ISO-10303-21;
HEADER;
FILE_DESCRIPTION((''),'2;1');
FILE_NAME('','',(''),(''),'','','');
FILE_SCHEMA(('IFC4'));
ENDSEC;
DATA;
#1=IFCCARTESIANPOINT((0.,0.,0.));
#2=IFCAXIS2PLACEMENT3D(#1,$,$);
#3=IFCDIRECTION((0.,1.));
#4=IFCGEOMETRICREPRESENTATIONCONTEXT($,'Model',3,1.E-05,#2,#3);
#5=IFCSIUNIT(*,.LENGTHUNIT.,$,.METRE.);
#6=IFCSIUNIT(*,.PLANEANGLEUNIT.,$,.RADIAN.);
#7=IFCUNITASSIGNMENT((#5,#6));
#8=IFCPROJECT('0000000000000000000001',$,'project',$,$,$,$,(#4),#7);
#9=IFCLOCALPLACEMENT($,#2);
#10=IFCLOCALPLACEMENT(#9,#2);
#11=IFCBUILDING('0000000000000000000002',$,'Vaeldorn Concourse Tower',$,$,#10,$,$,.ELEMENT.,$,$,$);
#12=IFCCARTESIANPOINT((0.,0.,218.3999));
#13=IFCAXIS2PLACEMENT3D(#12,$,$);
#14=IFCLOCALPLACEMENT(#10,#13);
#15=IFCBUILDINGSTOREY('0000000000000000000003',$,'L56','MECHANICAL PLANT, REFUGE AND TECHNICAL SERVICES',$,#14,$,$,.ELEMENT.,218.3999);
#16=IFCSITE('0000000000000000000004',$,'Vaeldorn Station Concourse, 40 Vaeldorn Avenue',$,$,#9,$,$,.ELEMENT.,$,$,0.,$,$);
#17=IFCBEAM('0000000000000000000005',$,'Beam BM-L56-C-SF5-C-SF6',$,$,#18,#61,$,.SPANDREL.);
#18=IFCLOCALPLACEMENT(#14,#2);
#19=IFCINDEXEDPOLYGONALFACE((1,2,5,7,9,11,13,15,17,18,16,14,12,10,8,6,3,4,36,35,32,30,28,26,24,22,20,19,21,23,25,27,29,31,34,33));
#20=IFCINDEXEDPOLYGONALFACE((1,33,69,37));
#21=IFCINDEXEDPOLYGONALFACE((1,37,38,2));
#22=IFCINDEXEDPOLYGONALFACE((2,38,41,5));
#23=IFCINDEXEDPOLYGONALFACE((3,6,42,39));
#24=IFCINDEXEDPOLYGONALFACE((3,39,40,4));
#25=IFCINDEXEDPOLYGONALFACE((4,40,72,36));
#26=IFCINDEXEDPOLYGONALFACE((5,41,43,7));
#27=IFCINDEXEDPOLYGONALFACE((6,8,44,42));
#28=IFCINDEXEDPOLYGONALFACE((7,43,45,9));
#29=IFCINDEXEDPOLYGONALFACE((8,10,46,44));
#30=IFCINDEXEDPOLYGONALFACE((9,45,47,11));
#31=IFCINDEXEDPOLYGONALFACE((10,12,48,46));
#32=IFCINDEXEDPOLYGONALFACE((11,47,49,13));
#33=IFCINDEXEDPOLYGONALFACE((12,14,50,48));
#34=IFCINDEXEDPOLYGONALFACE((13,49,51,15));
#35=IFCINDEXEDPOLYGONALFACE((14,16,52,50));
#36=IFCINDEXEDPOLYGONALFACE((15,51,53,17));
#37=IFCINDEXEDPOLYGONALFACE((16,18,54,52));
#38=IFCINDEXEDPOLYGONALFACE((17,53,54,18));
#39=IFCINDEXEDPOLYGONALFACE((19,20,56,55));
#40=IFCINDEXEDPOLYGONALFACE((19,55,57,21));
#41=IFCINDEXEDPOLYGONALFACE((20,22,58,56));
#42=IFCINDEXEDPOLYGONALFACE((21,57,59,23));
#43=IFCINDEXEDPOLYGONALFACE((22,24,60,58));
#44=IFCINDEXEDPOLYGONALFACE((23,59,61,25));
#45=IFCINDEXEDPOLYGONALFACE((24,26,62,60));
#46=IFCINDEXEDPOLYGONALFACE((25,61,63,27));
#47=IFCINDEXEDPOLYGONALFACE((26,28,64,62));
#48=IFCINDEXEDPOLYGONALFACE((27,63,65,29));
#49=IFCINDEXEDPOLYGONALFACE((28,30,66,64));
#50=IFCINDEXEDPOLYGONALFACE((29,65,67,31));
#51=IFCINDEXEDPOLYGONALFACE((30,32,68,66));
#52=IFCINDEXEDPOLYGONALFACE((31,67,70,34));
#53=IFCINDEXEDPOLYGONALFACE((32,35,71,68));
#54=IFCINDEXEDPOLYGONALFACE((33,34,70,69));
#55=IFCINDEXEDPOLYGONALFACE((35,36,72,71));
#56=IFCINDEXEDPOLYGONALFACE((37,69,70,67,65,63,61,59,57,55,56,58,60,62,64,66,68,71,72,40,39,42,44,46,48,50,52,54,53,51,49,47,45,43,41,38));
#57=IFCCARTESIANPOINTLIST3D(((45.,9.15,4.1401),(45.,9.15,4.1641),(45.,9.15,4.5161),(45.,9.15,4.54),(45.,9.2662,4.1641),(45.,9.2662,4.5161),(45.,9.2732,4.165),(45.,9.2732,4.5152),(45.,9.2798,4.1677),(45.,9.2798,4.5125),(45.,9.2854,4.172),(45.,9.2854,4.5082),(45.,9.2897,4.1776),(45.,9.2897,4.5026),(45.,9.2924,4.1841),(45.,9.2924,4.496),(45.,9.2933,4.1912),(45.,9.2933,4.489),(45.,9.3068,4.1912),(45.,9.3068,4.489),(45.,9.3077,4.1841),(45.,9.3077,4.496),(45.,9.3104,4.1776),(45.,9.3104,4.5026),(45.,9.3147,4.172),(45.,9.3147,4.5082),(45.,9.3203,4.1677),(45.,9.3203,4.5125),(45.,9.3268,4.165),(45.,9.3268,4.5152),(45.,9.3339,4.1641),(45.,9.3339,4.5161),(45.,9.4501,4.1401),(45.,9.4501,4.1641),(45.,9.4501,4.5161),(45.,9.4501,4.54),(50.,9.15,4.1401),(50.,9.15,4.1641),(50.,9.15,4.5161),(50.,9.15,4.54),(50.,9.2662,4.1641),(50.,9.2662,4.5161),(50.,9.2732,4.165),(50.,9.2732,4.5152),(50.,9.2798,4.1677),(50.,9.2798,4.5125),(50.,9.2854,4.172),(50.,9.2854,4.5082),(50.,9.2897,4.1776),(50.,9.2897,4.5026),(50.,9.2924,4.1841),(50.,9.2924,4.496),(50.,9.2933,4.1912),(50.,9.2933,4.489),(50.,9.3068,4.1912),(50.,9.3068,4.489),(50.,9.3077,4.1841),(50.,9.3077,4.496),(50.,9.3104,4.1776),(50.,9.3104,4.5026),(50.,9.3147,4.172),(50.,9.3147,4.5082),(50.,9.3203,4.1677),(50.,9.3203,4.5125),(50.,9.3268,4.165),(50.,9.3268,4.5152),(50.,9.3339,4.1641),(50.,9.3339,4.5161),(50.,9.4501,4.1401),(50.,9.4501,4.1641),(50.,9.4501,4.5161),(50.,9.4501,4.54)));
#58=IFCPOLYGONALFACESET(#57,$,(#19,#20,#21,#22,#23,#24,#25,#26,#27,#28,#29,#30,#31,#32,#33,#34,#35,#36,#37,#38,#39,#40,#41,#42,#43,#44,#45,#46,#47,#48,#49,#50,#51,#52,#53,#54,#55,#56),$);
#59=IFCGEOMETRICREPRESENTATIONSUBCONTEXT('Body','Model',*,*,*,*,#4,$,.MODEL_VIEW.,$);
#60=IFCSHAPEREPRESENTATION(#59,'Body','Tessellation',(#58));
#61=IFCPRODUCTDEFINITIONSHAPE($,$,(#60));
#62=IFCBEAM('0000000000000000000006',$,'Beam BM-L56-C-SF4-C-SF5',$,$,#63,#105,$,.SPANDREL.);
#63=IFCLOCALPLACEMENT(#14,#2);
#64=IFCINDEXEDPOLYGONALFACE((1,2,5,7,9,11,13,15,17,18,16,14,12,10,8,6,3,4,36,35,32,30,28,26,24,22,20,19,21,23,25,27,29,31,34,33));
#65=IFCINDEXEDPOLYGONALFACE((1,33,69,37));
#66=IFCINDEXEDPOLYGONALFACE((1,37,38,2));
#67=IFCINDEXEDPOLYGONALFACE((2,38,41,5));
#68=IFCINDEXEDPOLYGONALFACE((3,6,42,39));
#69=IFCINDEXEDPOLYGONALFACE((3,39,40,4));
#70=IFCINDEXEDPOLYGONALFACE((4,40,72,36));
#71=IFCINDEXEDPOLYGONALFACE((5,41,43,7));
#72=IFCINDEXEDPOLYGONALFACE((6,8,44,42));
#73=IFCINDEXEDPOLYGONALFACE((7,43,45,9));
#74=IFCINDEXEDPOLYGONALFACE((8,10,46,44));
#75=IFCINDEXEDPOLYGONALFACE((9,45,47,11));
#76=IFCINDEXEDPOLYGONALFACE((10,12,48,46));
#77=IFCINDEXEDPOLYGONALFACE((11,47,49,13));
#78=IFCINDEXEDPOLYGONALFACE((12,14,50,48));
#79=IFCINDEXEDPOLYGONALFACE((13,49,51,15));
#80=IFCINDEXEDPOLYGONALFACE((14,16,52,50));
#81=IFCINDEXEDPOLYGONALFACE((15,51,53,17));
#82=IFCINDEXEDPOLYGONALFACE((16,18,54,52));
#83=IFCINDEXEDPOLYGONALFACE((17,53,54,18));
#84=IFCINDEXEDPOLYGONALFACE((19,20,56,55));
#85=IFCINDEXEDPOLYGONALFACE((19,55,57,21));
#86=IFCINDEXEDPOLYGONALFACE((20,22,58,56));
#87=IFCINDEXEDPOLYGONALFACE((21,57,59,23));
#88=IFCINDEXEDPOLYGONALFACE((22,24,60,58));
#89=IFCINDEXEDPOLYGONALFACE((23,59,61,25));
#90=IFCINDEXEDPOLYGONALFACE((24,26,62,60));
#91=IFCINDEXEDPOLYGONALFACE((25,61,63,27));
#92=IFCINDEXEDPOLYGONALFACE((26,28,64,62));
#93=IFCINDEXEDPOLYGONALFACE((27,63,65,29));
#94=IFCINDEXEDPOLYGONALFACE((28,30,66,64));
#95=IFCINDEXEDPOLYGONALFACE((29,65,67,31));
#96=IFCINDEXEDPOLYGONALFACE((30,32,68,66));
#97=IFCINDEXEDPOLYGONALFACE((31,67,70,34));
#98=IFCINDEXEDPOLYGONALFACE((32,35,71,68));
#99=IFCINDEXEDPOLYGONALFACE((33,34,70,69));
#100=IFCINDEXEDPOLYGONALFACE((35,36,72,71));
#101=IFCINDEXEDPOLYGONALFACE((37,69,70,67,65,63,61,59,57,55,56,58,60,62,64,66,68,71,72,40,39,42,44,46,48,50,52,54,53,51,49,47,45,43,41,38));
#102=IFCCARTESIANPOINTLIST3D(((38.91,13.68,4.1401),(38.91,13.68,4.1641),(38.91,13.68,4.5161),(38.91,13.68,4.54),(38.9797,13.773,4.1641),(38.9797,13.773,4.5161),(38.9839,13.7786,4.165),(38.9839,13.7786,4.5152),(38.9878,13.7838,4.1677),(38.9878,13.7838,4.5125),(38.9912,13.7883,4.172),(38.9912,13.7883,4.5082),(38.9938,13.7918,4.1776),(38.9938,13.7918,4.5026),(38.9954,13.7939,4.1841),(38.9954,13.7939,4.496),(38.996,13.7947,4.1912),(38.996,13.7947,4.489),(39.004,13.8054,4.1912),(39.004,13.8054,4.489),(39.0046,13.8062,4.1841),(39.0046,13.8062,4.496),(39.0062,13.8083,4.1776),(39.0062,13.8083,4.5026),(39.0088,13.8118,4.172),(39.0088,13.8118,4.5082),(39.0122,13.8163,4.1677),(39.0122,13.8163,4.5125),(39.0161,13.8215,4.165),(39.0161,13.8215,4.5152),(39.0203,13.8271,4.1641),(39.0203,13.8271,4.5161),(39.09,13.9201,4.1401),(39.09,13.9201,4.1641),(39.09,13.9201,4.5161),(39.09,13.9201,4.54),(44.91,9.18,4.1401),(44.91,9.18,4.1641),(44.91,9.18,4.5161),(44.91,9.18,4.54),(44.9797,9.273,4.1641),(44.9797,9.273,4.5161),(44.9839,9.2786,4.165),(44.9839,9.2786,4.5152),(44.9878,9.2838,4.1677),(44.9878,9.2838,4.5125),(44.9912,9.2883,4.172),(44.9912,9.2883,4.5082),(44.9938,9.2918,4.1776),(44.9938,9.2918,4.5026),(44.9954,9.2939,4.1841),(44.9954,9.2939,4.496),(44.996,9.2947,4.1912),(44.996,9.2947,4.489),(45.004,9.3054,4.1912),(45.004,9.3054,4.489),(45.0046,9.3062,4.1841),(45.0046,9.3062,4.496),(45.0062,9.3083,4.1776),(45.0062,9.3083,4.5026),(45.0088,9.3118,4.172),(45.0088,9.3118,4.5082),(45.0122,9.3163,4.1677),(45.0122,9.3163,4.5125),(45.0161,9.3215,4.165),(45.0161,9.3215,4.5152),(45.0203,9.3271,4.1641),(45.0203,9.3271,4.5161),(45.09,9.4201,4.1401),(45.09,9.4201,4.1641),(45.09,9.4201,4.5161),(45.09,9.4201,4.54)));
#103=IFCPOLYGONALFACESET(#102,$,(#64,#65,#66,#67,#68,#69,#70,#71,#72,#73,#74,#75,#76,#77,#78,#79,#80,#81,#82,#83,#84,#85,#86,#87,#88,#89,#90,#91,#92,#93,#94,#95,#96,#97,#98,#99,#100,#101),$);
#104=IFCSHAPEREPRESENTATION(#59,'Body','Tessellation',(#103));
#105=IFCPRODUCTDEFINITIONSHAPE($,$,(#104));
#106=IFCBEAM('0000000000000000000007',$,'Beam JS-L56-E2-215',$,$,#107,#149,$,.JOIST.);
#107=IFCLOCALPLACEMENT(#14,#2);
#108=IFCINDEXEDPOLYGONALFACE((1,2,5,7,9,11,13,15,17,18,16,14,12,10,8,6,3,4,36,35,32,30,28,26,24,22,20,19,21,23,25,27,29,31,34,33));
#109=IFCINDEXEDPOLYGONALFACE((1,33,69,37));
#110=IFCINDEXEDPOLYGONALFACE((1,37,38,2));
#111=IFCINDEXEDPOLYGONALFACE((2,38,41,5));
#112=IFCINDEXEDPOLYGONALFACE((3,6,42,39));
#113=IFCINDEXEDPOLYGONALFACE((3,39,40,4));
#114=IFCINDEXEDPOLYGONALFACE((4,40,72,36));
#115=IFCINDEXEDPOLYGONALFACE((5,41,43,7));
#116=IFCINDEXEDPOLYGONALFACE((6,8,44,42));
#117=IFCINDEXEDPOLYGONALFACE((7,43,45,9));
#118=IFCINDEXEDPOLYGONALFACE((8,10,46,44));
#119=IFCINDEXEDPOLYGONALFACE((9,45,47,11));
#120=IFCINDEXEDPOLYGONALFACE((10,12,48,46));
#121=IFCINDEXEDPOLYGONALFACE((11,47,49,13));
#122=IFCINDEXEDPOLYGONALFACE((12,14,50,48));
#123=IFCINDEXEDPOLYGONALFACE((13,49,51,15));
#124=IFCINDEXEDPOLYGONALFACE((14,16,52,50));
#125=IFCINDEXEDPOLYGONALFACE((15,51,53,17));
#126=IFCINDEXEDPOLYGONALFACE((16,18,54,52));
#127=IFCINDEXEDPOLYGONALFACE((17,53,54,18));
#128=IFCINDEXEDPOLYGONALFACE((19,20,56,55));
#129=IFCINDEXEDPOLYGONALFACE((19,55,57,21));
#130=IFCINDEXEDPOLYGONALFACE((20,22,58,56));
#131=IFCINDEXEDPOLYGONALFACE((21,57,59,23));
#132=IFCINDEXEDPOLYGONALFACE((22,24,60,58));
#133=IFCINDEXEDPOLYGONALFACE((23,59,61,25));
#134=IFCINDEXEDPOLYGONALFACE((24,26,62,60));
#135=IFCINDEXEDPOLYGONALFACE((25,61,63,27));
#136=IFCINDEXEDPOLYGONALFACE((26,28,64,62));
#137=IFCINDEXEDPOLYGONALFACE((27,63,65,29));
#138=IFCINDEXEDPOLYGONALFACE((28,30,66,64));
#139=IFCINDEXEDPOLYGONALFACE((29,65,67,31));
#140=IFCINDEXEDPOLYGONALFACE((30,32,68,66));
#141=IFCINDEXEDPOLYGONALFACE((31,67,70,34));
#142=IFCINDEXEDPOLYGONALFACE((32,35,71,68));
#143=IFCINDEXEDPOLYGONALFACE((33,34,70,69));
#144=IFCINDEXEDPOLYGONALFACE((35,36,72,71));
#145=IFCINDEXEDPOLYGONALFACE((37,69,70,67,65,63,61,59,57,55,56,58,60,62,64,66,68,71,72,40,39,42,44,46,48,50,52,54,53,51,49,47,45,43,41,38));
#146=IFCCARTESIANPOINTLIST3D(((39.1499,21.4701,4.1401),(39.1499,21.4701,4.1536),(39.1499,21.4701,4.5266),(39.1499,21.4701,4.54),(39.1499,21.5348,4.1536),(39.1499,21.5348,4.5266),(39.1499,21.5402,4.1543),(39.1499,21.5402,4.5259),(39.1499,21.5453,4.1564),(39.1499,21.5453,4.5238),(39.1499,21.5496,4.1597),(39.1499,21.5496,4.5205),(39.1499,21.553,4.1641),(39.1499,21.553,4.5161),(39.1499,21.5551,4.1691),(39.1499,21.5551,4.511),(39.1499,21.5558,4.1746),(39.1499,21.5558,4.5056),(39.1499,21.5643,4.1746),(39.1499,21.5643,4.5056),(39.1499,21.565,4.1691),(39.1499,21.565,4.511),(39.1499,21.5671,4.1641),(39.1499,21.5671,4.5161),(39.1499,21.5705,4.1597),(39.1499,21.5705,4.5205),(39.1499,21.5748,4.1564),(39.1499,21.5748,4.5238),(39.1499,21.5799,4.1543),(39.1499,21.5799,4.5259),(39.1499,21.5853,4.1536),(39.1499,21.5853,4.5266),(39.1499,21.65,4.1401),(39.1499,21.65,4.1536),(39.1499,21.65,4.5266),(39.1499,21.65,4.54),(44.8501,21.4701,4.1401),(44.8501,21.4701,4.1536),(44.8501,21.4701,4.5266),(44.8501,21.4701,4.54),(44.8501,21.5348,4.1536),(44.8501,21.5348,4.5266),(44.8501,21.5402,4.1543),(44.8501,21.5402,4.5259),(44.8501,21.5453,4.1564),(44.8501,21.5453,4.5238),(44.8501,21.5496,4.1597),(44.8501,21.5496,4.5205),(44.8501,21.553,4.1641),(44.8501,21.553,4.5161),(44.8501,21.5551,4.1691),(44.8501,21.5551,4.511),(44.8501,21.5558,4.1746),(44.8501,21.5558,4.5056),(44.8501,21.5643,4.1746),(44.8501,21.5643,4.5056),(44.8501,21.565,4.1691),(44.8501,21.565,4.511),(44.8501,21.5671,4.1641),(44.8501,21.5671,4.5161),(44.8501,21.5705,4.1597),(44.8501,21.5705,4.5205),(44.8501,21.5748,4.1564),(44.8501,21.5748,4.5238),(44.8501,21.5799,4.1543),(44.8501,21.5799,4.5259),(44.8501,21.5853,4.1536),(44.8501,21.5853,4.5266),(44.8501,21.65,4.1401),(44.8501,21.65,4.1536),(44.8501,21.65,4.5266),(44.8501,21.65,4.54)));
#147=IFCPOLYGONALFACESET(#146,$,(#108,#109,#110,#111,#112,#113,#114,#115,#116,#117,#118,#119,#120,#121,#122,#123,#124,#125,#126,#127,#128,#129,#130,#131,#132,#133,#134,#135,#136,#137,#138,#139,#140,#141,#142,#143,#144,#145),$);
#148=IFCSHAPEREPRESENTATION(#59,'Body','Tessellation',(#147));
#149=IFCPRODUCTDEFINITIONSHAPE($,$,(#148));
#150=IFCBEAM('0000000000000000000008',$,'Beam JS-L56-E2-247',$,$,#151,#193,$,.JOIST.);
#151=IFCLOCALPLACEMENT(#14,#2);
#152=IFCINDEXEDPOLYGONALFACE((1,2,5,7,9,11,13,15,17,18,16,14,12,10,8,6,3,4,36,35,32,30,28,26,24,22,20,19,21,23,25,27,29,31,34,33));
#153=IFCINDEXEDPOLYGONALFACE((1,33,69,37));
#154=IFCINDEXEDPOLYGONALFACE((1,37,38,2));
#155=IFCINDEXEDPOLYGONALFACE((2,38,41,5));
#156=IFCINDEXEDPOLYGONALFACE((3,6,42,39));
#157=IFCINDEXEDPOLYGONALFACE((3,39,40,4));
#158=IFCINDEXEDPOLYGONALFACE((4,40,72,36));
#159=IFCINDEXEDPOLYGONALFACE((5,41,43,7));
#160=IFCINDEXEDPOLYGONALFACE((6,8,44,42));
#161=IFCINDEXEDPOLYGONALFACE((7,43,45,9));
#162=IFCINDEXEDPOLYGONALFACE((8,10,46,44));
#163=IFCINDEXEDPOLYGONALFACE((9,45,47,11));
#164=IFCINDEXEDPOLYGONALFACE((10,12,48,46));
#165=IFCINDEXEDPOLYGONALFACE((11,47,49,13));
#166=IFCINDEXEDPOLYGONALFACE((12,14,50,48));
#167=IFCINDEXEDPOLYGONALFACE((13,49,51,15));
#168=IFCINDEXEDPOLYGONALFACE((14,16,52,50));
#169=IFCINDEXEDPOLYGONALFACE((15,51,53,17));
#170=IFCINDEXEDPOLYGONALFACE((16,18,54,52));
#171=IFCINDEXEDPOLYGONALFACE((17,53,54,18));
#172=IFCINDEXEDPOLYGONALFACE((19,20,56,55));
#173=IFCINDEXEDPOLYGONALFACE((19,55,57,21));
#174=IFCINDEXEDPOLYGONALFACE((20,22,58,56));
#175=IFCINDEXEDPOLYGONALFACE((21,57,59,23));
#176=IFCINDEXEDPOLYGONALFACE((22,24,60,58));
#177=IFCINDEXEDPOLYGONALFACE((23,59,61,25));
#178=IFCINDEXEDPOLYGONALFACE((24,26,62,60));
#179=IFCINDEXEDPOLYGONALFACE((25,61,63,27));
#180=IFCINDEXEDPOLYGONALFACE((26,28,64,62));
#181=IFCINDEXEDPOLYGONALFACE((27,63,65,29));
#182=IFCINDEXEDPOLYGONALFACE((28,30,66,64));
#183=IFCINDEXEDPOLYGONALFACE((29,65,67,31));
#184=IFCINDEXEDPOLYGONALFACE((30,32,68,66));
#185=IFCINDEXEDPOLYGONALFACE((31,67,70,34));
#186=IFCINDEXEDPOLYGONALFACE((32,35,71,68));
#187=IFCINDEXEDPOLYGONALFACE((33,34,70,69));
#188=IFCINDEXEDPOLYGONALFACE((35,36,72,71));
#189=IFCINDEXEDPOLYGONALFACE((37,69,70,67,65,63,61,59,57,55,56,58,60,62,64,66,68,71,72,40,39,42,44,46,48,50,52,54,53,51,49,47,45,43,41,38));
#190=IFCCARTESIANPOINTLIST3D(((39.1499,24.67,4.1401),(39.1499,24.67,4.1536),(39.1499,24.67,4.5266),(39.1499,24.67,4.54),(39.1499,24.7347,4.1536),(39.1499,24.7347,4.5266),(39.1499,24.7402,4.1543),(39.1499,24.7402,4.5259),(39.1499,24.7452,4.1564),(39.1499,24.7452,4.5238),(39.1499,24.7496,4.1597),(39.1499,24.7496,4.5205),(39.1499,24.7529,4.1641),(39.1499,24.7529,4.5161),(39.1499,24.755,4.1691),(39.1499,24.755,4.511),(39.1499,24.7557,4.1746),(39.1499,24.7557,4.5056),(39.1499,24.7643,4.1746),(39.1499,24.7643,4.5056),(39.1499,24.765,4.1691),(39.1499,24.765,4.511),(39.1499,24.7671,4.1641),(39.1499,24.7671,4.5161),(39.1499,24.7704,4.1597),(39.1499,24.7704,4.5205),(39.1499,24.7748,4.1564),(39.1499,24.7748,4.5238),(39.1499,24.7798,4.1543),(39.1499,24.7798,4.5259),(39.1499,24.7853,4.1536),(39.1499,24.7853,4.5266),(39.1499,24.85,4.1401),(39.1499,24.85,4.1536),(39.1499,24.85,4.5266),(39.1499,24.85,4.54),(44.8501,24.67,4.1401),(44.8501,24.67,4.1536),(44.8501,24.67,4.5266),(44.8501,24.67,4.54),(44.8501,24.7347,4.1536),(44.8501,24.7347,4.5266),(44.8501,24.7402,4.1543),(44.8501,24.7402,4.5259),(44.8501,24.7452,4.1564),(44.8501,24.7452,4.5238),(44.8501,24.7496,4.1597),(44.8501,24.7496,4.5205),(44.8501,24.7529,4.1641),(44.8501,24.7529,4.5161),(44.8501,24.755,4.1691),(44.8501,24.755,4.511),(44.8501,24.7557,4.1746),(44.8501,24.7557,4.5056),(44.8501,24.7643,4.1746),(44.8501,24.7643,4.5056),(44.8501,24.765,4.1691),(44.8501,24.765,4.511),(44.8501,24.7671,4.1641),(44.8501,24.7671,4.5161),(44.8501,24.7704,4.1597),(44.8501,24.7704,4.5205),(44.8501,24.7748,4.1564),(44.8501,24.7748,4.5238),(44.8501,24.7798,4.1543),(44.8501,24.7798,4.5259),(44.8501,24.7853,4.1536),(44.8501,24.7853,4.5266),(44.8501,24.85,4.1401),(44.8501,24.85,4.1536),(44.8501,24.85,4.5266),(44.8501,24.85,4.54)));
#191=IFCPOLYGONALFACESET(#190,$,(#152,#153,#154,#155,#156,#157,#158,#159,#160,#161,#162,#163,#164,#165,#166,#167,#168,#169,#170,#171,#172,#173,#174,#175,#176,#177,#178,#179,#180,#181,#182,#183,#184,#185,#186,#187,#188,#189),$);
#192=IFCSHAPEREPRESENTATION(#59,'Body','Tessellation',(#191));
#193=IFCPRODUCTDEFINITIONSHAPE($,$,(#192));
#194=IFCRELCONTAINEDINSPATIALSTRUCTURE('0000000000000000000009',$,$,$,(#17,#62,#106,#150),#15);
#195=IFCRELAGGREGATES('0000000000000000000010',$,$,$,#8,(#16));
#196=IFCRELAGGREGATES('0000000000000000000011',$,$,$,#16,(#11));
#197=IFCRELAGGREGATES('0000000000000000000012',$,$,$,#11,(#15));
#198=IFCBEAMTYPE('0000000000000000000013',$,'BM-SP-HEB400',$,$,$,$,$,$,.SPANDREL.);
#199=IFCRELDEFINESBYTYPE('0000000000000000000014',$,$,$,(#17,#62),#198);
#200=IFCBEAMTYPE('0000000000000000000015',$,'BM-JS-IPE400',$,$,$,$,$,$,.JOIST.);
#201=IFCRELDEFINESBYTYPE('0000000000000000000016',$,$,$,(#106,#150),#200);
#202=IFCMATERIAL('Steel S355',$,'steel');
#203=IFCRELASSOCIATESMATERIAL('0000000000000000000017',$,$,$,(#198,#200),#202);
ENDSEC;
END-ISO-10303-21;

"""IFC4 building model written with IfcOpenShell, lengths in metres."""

from ifc_helpers import new_model, si_unit, direction, frame, origin, origin_2d, place, context, subcontext, project, spatial, i_section, extrude, source, transform, mapped, material, material_profile, profile_set, type_object, element, save


model = new_model("IFC4")

# Units and contexts
model_context = context("Model", 3, precision=1e-05, world=origin(), true_north=direction((0.0, 1.0)))
body_context = subcontext(model_context, "Body", "Model", "MODEL_VIEW")
ifc_project = project(units=[si_unit("LENGTHUNIT", "METRE"), si_unit("PLANEANGLEUNIT", "RADIAN")], contexts=[model_context])

# Site, building, storey
site_placement = place(None, origin())
site = spatial("IfcSite", under=ifc_project, at=site_placement, Name="Vaeldorn Station Concourse, 40 Vaeldorn Avenue", CompositionType="ELEMENT", RefElevation=0.0)
building_placement = place(site_placement, origin())
building = spatial("IfcBuilding", under=site, at=building_placement, Name="Vaeldorn Concourse Tower", CompositionType="ELEMENT")
storey_placement = place(building_placement, frame((0.0, 0.0, 218.3999)))
storey = spatial("IfcBuildingStorey", under=building, at=storey_placement, Name="L56", Description="MECHANICAL PLANT, REFUGE AND TECHNICAL SERVICES", CompositionType="ELEMENT", Elevation=218.3999)

# Shared definitions
ifc_material_1 = material(Name="Steel S355", Category="steel")

# Beams
ifc_material_profile_1 = material_profile(ifc_material_1, i_section(OverallWidth=0.3, OverallDepth=0.3999, WebThickness=0.0134, FlangeThickness=0.0239, FilletRadius=0.0271, at=origin_2d()), Name="HEB 400")
ifc_profile_set_1 = profile_set([ifc_material_profile_1], Name="Steel S355")
beam_type_1 = type_object("IfcBeamType", Name="BM-SP-HEB400", PredefinedType="SPANDREL", material=ifc_profile_set_1)
shared_shape_1 = source(origin(), body_context, "Body", "SweptSolid", [
    extrude(i_section(OverallWidth=0.3, OverallDepth=0.3999, WebThickness=0.0134, FlangeThickness=0.0239, FilletRadius=0.0271, at=origin_2d()), origin(), (0.0, 0.0, 1.0), 5.0),
])
beam_1_placement = place(storey_placement, frame((45.0, 9.3, 4.3401), z_axis=(1.0, 0.0, 0.0), x_axis=(0.0, 1.0, 0.0)))
element("IfcBeam", 1, at=beam_1_placement, inside=storey, type_object=beam_type_1, Name="Beam BM-L56-C-SF5-C-SF6", PredefinedType="SPANDREL", context=body_context, shape_type="MappedRepresentation", body=[
    mapped(shared_shape_1, transform((0.0, 0.0, 0.0), scale=1.0)),
])
shared_shape_2 = source(origin(), body_context, "Body", "SweptSolid", [
    extrude(i_section(OverallWidth=0.3, OverallDepth=0.3999, WebThickness=0.0134, FlangeThickness=0.0239, FilletRadius=0.0271, at=origin_2d()), origin(), (0.0, 0.0, 1.0), 7.5),
])
beam_2_placement = place(storey_placement, frame((39.0, 13.8, 4.3401), z_axis=(0.8, -0.6, 0.0), x_axis=(0.6, 0.8, 0.0)))
element("IfcBeam", 2, at=beam_2_placement, inside=storey, type_object=beam_type_1, Name="Beam BM-L56-C-SF4-C-SF5", PredefinedType="SPANDREL", context=body_context, shape_type="MappedRepresentation", body=[
    mapped(shared_shape_2, transform((0.0, 0.0, 0.0), scale=1.0)),
])
ifc_material_profile_2 = material_profile(ifc_material_1, i_section(OverallWidth=0.1799, OverallDepth=0.3999, WebThickness=0.0085, FlangeThickness=0.0134, FilletRadius=0.021, at=origin_2d()), Name="IPE 400")
ifc_profile_set_2 = profile_set([ifc_material_profile_2], Name="Steel S355")
beam_type_2 = type_object("IfcBeamType", Name="BM-JS-IPE400", PredefinedType="JOIST", material=ifc_profile_set_2)
shared_shape_3 = source(origin(), body_context, "Body", "SweptSolid", [
    extrude(i_section(OverallWidth=0.1799, OverallDepth=0.3999, WebThickness=0.0085, FlangeThickness=0.0134, FilletRadius=0.021, at=origin_2d()), origin(), (0.0, 0.0, 1.0), 5.7002),
])
for number, where, z_axis, x_axis, name in (
    (3, (39.1499, 21.5601, 4.3401), (1.0, 0.0, 0.0), (0.0, 1.0, 0.0), "Beam JS-L56-E2-215"),
    (4, (39.1499, 24.76, 4.3401), (1.0, 0.0, 0.0), (0.0, 1.0, 0.0), "Beam JS-L56-E2-247"),
):
    element("IfcBeam", number, at=place(storey_placement, frame(where, z_axis=z_axis, x_axis=x_axis)), inside=storey, type_object=beam_type_2, Name=name, PredefinedType="JOIST", context=body_context, shape_type="MappedRepresentation", body=[
        mapped(shared_shape_3, transform((0.0, 0.0, 0.0), scale=1.0)),
    ])

save(model, "model.ifc")
